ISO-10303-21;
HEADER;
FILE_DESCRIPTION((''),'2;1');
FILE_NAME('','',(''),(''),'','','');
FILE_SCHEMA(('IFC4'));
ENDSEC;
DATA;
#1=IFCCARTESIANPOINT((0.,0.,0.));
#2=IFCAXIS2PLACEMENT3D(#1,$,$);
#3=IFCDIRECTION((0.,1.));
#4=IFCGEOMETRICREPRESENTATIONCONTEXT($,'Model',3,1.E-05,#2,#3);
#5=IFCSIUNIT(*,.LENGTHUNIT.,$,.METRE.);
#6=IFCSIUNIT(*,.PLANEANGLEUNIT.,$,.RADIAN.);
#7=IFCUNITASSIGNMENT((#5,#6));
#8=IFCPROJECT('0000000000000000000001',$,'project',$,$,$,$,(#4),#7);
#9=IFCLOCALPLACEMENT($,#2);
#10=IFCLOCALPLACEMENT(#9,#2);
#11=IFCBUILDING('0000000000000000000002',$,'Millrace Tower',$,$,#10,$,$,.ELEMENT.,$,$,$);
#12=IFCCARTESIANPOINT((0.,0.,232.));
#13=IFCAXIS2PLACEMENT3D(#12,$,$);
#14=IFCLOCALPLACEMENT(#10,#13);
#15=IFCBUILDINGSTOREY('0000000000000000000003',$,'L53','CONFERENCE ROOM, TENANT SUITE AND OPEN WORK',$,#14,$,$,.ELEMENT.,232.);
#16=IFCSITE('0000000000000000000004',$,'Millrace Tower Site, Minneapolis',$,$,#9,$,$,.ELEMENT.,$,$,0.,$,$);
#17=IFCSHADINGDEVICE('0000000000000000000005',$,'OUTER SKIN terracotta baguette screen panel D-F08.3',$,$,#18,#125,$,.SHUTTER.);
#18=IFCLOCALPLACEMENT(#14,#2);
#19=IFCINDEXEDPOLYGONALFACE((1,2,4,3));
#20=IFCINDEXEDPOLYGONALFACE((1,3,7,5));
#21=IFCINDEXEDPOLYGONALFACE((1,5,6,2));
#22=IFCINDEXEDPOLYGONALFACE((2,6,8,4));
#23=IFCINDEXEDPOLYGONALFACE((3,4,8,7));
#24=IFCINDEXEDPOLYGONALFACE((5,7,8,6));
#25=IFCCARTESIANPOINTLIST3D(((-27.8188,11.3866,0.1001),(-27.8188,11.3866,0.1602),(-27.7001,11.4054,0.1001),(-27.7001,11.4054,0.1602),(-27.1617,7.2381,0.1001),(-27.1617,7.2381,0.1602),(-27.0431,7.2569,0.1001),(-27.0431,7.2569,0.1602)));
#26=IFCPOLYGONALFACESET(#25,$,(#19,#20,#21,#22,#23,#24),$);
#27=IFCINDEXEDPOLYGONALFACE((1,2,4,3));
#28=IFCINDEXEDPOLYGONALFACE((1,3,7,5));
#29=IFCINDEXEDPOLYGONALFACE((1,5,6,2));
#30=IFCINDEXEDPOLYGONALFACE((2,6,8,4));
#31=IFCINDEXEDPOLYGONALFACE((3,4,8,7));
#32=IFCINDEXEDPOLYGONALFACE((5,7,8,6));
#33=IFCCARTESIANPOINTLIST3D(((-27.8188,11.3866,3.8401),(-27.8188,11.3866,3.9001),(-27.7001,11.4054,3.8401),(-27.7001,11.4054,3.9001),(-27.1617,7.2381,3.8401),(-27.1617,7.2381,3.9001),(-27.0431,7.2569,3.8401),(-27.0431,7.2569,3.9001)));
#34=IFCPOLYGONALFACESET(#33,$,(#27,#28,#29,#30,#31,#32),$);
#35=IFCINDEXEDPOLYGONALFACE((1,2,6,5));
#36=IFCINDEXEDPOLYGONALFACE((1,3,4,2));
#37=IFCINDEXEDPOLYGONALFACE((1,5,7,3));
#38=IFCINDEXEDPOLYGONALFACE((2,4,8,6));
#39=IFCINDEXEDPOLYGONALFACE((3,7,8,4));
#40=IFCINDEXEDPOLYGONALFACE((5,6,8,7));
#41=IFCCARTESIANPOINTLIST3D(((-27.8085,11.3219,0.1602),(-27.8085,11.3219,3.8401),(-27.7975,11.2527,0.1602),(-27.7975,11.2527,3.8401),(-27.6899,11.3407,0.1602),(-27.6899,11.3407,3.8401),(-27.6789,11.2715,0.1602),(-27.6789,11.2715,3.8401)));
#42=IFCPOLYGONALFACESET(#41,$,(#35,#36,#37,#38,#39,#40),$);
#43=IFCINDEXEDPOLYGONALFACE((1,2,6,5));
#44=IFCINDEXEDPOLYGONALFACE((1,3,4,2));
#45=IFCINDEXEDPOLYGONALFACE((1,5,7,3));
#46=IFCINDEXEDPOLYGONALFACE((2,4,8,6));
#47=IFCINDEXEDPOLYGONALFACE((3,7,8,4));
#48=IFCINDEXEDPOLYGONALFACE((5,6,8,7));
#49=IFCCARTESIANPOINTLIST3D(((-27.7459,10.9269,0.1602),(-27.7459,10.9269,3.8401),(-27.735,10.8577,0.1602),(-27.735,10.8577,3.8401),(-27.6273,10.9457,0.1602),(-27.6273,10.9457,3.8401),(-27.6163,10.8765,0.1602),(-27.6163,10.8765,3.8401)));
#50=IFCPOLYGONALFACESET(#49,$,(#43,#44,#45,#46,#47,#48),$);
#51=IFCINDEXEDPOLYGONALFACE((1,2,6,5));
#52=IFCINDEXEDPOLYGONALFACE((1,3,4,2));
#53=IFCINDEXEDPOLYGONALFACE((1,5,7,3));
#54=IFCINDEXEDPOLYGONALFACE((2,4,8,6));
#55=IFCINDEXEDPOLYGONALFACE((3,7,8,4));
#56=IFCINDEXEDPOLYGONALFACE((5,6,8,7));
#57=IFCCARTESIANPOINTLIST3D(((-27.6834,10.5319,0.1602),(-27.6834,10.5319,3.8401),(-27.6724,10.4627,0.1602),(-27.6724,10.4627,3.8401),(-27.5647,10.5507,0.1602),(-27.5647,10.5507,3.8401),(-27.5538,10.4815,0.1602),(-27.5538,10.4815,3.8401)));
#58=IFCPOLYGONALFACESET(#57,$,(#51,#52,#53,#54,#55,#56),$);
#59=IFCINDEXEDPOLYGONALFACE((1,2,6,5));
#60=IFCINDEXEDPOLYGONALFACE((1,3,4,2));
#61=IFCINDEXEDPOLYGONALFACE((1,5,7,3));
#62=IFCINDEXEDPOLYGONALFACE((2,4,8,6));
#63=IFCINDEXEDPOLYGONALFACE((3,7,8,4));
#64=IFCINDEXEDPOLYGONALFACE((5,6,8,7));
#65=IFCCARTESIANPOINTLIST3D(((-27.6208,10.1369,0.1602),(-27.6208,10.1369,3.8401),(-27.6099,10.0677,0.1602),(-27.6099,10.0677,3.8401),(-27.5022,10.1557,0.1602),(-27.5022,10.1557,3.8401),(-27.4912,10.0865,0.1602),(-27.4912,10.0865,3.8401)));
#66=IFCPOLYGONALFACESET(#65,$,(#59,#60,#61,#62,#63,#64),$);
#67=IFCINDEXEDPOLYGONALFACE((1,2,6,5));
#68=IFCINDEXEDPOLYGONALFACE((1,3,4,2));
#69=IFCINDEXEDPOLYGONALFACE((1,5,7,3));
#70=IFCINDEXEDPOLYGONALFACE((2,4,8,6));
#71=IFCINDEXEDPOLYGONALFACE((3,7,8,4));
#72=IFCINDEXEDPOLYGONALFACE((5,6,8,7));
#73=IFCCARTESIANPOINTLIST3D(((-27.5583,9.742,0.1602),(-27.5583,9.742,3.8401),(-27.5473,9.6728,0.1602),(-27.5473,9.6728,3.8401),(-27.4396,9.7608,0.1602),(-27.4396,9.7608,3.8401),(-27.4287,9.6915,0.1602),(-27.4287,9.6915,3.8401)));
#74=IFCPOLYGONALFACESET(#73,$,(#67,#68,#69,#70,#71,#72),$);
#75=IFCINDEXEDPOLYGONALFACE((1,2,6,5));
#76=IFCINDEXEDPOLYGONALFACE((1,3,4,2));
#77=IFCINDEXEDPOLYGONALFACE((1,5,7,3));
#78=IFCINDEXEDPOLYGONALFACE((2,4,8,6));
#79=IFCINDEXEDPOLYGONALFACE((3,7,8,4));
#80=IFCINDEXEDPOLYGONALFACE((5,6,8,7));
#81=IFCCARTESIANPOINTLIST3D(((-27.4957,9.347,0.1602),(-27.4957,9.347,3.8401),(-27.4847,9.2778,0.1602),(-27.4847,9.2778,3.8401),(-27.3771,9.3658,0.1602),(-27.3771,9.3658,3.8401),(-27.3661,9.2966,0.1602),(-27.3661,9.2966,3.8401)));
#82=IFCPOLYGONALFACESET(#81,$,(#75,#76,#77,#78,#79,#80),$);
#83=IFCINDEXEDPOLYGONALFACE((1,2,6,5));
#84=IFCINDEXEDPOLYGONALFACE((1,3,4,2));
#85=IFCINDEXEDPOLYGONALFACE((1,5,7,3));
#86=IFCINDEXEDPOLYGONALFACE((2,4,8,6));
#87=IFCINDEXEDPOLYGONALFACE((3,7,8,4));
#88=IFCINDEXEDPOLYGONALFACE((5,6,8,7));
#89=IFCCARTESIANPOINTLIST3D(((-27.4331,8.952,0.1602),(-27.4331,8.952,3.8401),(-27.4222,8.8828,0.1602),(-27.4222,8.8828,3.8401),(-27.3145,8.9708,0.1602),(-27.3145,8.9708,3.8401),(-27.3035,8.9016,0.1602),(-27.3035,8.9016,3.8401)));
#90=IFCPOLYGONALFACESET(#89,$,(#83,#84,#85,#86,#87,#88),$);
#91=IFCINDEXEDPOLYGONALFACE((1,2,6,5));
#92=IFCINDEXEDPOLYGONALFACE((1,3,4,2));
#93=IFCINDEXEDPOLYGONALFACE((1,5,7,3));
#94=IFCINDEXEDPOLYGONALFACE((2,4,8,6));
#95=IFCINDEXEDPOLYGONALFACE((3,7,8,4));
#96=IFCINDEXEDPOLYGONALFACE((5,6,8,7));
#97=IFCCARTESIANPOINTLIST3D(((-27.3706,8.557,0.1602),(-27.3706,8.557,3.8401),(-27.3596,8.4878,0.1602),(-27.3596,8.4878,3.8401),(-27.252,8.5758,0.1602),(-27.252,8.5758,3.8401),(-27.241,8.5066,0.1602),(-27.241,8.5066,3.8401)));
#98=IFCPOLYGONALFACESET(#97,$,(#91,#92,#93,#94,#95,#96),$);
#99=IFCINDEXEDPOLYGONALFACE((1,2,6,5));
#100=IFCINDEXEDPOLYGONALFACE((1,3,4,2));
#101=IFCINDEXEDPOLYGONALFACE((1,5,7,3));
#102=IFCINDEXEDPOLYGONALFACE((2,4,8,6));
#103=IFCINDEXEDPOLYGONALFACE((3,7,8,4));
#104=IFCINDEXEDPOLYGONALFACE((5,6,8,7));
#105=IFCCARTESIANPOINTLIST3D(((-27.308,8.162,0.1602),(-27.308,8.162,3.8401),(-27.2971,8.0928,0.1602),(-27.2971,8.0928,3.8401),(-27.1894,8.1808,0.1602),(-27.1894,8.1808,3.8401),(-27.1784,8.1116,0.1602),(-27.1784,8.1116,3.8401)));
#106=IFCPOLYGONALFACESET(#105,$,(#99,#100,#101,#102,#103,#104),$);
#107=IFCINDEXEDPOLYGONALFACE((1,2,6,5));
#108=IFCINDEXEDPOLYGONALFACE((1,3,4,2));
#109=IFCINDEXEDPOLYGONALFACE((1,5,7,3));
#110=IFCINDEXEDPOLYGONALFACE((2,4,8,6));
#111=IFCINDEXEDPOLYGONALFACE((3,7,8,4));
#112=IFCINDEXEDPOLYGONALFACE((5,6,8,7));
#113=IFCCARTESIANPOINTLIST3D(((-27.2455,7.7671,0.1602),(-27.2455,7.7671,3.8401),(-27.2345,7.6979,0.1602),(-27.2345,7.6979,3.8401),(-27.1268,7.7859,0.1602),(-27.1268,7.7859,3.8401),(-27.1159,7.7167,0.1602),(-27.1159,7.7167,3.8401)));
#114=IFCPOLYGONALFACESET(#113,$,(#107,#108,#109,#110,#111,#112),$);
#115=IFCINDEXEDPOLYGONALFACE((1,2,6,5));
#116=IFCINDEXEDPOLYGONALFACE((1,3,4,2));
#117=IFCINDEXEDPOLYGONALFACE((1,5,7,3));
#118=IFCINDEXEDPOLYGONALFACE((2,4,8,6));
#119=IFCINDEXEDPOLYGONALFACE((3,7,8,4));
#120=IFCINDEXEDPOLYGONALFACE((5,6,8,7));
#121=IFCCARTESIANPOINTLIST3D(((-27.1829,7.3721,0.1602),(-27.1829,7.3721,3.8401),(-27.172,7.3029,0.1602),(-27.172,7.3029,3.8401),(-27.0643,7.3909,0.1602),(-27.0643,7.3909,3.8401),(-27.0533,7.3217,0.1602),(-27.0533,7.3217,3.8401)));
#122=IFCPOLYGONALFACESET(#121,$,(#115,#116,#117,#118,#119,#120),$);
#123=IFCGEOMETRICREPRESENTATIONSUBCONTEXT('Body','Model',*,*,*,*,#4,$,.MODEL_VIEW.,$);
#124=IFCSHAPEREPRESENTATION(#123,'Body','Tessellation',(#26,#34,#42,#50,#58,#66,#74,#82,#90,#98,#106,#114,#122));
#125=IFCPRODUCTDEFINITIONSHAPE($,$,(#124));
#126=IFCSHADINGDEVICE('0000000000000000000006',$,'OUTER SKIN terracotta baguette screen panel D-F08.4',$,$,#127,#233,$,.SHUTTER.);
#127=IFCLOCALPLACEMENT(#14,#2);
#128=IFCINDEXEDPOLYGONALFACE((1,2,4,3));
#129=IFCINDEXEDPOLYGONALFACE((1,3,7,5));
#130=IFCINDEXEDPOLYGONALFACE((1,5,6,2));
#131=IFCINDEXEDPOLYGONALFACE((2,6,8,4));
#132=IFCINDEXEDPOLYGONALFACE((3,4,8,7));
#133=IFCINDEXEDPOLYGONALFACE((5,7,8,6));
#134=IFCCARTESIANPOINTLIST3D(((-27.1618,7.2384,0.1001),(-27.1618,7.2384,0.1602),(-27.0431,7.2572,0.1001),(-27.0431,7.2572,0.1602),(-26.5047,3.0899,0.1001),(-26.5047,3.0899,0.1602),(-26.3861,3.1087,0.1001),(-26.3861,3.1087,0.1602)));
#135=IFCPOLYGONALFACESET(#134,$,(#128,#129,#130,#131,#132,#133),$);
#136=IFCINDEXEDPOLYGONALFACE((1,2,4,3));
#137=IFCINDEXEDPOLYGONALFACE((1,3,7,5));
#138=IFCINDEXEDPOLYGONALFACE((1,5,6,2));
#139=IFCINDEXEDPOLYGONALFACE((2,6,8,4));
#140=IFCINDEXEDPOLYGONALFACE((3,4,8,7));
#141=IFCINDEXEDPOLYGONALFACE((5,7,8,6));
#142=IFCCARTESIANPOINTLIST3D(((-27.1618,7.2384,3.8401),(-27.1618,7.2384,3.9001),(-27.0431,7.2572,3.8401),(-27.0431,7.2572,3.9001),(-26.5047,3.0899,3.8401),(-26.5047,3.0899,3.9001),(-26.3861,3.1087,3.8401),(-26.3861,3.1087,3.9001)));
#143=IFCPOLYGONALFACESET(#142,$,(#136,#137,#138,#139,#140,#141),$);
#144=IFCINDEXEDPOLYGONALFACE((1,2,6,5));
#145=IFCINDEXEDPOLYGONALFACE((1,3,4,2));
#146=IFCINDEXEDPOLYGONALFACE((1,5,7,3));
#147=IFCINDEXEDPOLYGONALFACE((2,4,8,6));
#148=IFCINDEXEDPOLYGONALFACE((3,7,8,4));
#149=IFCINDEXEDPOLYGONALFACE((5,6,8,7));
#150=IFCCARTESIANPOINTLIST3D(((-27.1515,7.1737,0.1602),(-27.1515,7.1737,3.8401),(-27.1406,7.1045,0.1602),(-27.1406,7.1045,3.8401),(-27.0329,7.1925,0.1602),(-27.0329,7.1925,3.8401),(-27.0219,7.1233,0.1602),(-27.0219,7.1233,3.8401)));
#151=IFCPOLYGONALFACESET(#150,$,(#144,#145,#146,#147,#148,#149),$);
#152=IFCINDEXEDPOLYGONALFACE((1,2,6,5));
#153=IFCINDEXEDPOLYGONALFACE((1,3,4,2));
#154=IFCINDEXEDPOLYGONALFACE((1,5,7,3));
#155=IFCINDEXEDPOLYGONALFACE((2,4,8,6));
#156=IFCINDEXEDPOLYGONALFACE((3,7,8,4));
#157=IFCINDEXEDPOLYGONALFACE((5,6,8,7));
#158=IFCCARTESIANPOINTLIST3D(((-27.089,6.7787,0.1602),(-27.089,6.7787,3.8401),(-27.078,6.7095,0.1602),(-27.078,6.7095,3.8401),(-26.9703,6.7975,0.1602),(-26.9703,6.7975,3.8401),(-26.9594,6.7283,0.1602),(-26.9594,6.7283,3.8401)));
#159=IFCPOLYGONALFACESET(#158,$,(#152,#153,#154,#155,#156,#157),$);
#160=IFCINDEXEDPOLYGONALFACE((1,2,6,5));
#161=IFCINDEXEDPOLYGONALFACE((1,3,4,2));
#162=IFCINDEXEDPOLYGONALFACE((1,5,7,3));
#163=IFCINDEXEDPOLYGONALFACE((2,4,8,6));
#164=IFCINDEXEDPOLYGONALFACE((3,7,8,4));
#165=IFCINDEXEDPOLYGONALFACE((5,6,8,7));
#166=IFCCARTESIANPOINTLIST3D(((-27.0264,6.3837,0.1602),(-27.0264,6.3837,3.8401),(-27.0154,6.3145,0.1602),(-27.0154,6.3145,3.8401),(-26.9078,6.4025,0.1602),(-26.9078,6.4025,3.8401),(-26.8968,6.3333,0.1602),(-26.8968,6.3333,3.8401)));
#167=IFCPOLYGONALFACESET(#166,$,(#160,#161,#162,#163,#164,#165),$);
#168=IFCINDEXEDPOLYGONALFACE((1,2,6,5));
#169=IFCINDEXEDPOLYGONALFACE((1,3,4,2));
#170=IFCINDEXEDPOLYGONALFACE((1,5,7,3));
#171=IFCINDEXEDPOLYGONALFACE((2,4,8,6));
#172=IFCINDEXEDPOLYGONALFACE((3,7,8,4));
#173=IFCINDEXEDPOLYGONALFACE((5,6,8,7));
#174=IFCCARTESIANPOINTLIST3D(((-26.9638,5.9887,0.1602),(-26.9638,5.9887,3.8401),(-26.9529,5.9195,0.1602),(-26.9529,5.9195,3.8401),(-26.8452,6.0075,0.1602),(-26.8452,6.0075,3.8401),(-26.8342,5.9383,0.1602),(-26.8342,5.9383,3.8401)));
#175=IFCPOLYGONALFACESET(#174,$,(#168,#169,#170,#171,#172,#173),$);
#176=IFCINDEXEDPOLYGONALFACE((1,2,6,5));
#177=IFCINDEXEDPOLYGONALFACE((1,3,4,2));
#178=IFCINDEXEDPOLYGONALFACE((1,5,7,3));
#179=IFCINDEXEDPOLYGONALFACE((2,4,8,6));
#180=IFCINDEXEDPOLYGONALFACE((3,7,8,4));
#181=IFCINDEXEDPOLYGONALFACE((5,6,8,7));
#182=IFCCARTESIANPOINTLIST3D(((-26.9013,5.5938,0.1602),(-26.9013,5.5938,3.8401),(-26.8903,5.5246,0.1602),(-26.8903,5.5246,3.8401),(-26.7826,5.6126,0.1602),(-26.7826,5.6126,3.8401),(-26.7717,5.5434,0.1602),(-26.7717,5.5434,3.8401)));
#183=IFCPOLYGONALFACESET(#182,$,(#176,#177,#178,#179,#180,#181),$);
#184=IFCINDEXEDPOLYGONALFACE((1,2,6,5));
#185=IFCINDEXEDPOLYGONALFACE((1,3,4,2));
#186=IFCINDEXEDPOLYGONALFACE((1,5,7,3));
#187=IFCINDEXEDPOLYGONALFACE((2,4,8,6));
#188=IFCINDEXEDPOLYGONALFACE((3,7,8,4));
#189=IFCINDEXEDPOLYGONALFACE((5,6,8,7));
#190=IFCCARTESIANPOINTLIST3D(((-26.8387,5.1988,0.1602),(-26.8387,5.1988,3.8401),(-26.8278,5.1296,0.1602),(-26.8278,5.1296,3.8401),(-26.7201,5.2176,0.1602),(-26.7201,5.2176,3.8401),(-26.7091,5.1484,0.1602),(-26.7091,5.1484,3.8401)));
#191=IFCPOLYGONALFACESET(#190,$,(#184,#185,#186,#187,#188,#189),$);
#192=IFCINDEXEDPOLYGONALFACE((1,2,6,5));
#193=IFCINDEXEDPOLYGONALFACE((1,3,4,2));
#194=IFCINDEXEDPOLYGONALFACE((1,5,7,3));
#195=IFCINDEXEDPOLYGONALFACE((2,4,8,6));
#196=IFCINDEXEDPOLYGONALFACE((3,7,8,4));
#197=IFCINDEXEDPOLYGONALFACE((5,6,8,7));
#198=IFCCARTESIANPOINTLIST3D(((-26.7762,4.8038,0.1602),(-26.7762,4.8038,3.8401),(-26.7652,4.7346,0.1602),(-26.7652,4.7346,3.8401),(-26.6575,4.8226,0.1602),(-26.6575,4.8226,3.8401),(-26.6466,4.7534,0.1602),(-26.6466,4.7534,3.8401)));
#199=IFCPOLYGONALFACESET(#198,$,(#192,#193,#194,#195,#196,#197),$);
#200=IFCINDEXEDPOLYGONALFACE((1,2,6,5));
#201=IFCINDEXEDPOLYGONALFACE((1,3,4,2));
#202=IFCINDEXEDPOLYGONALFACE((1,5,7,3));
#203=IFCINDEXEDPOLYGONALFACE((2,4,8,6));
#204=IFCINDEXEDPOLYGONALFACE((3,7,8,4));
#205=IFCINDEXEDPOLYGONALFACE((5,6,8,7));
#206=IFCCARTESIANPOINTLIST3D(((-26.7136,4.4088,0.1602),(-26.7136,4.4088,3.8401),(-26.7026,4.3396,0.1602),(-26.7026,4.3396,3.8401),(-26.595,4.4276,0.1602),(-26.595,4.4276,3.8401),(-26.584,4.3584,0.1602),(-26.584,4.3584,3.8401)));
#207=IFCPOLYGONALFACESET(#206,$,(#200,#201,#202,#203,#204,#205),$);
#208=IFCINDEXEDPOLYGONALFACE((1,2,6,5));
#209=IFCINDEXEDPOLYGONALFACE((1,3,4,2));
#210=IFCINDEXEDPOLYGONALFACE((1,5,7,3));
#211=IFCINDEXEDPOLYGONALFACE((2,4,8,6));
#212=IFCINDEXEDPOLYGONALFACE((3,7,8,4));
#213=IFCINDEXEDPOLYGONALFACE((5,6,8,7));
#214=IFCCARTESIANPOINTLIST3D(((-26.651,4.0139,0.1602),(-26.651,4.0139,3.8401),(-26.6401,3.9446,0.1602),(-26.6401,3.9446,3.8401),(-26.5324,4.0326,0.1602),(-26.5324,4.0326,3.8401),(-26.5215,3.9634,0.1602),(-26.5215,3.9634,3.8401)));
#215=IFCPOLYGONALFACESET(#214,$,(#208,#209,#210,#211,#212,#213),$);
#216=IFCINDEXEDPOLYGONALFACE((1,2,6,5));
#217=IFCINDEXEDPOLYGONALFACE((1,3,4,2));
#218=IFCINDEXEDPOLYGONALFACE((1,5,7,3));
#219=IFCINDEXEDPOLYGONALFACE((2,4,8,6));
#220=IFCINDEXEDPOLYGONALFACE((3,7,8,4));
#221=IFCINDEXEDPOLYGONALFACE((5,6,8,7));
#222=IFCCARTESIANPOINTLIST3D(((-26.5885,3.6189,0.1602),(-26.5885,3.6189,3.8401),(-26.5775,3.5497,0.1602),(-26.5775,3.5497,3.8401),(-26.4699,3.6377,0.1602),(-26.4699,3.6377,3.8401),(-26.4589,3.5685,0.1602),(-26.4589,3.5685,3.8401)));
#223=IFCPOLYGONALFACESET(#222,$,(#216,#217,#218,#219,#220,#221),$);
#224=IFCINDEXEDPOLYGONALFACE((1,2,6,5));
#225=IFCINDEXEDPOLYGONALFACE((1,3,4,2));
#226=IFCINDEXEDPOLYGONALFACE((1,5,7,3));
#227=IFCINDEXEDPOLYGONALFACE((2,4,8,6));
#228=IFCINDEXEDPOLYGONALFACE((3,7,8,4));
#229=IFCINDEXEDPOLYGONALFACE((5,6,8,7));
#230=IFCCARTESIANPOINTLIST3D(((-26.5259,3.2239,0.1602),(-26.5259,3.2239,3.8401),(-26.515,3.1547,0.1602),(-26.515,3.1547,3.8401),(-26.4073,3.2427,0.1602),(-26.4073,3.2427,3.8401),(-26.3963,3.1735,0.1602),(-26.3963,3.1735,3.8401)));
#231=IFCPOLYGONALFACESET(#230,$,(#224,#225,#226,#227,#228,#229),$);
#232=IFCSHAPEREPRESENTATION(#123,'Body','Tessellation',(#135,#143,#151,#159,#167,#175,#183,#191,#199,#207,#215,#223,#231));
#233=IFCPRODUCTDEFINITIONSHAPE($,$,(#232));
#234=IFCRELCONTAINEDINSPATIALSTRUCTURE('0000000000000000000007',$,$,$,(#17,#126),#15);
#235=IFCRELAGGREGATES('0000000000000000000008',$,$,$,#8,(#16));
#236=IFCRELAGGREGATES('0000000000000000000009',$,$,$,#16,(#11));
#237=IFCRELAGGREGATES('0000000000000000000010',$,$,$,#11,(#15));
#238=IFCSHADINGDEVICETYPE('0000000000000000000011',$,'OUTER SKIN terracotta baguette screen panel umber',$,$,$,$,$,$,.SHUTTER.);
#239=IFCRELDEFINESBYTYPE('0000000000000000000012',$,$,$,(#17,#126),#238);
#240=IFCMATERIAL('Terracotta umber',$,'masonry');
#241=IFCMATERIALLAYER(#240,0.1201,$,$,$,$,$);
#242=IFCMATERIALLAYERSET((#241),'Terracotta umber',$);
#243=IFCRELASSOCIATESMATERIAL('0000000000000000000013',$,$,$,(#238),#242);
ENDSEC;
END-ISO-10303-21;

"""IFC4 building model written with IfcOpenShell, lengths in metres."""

from ifc_helpers import new_model, entity, si_unit, direction, frame, frame_2d, origin, origin_2d, place, context, subcontext, project, spatial, rectangle, extrude, source, transform, mapped, material, layer, layer_set, type_object, element, save


model = new_model("IFC4")

# Units and contexts
model_context = context("Model", 3, precision=1e-05, world=origin(), true_north=direction((0.0, 1.0)))
body_context = subcontext(model_context, "Body", "Model", "MODEL_VIEW")
ifc_project = project(units=[si_unit("LENGTHUNIT", "METRE"), si_unit("PLANEANGLEUNIT", "RADIAN")], contexts=[model_context])

# Site, building, storey
site_placement = place(None, origin())
site = spatial("IfcSite", under=ifc_project, at=site_placement, Name="Millrace Tower Site, Minneapolis", CompositionType="ELEMENT", RefElevation=0.0)
building_placement = place(site_placement, origin())
building = spatial("IfcBuilding", under=site, at=building_placement, Name="Millrace Tower", CompositionType="ELEMENT")
storey_placement = place(building_placement, frame((0.0, 0.0, 232.0)))
storey = spatial("IfcBuildingStorey", under=building, at=storey_placement, Name="L53", Description="CONFERENCE ROOM, TENANT SUITE AND OPEN WORK", CompositionType="ELEMENT", Elevation=232.0)

# Shading devices
ifc_material_1 = material(Name="Terracotta umber", Category="masonry")
ifc_layer_1 = layer(ifc_material_1, 0.1201)
ifc_layer_set_1 = layer_set([ifc_layer_1], Name="Terracotta umber")
shading_device_type = type_object("IfcShadingDeviceType", Name="OUTER SKIN terracotta baguette screen panel umber", PredefinedType="SHUTTER", material=ifc_layer_set_1)
cartesian_point = entity("IfcCartesianPoint", [-2.1001, 0.0601])
shared_polyline = entity("IfcPolyline", [cartesian_point, entity("IfcCartesianPoint", [2.1001, 0.0601]), entity("IfcCartesianPoint", [2.1001, -0.0601]), entity("IfcCartesianPoint", [-2.1001, -0.0601]), cartesian_point])
shared_shape = source(origin(), body_context, "Body", "SweptSolid", [
    entity("IfcExtrudedAreaSolid", entity("IfcArbitraryClosedProfileDef", "AREA", None, shared_polyline), entity("IfcAxis2Placement3D", entity("IfcCartesianPoint", [0.0, 0.0, 0.0])), entity("IfcDirection", [0.0, 0.0, 1.0]), 0.0601),
    entity("IfcExtrudedAreaSolid", entity("IfcArbitraryClosedProfileDef", "AREA", None, shared_polyline), entity("IfcAxis2Placement3D", entity("IfcCartesianPoint", [0.0, 0.0, 3.74])), entity("IfcDirection", [0.0, 0.0, 1.0]), 0.0601),
    extrude(rectangle(XDim=0.0701, YDim=0.1201, at=frame_2d((-1.9995, 0.0))), frame((0.0, 0.0, 0.0601)), (0.0, 0.0, 1.0), 3.6799),
    extrude(rectangle(XDim=0.0701, YDim=0.1201, at=frame_2d((-1.5996, 0.0))), frame((0.0, 0.0, 0.0601)), (0.0, 0.0, 1.0), 3.6799),
    extrude(rectangle(XDim=0.0701, YDim=0.1201, at=frame_2d((-1.1997, 0.0))), frame((0.0, 0.0, 0.0601)), (0.0, 0.0, 1.0), 3.6799),
    extrude(rectangle(XDim=0.0701, YDim=0.1201, at=frame_2d((-0.7998, 0.0))), frame((0.0, 0.0, 0.0601)), (0.0, 0.0, 1.0), 3.6799),
    extrude(rectangle(XDim=0.0701, YDim=0.1201, at=frame_2d((-0.3999, 0.0))), frame((0.0, 0.0, 0.0601)), (0.0, 0.0, 1.0), 3.6799),
    extrude(rectangle(XDim=0.0701, YDim=0.1201, at=origin_2d()), frame((0.0, 0.0, 0.0601)), (0.0, 0.0, 1.0), 3.6799),
    extrude(rectangle(XDim=0.0701, YDim=0.1201, at=frame_2d((0.3999, 0.0))), frame((0.0, 0.0, 0.0601)), (0.0, 0.0, 1.0), 3.6799),
    extrude(rectangle(XDim=0.0701, YDim=0.1201, at=frame_2d((0.7998, 0.0))), frame((0.0, 0.0, 0.0601)), (0.0, 0.0, 1.0), 3.6799),
    extrude(rectangle(XDim=0.0701, YDim=0.1201, at=frame_2d((1.1997, 0.0))), frame((0.0, 0.0, 0.0601)), (0.0, 0.0, 1.0), 3.6799),
    extrude(rectangle(XDim=0.0701, YDim=0.1201, at=frame_2d((1.5996, 0.0))), frame((0.0, 0.0, 0.0601)), (0.0, 0.0, 1.0), 3.6799),
    extrude(rectangle(XDim=0.0701, YDim=0.1201, at=frame_2d((1.9995, 0.0))), frame((0.0, 0.0, 0.0601)), (0.0, 0.0, 1.0), 3.6799),
])
for number, where, z_axis, x_axis, name in (
    (1, (-27.4309, 9.3218, 0.1001), (0.0, 0.0, 1.0), (0.156434, -0.987688, 0.0), "OUTER SKIN terracotta baguette screen panel D-F08.3"),
    (2, (-26.7739, 5.1736, 0.1001), (0.0, 0.0, 1.0), (0.156434, -0.987688, 0.0), "OUTER SKIN terracotta baguette screen panel D-F08.4"),
):
    element("IfcShadingDevice", number, at=place(storey_placement, frame(where, z_axis=z_axis, x_axis=x_axis)), inside=storey, type_object=shading_device_type, Name=name, PredefinedType="SHUTTER", context=body_context, shape_type="MappedRepresentation", body=[
        mapped(shared_shape, transform((0.0, 0.0, 0.0), scale=1.0)),
    ])

save(model, "model.ifc")
